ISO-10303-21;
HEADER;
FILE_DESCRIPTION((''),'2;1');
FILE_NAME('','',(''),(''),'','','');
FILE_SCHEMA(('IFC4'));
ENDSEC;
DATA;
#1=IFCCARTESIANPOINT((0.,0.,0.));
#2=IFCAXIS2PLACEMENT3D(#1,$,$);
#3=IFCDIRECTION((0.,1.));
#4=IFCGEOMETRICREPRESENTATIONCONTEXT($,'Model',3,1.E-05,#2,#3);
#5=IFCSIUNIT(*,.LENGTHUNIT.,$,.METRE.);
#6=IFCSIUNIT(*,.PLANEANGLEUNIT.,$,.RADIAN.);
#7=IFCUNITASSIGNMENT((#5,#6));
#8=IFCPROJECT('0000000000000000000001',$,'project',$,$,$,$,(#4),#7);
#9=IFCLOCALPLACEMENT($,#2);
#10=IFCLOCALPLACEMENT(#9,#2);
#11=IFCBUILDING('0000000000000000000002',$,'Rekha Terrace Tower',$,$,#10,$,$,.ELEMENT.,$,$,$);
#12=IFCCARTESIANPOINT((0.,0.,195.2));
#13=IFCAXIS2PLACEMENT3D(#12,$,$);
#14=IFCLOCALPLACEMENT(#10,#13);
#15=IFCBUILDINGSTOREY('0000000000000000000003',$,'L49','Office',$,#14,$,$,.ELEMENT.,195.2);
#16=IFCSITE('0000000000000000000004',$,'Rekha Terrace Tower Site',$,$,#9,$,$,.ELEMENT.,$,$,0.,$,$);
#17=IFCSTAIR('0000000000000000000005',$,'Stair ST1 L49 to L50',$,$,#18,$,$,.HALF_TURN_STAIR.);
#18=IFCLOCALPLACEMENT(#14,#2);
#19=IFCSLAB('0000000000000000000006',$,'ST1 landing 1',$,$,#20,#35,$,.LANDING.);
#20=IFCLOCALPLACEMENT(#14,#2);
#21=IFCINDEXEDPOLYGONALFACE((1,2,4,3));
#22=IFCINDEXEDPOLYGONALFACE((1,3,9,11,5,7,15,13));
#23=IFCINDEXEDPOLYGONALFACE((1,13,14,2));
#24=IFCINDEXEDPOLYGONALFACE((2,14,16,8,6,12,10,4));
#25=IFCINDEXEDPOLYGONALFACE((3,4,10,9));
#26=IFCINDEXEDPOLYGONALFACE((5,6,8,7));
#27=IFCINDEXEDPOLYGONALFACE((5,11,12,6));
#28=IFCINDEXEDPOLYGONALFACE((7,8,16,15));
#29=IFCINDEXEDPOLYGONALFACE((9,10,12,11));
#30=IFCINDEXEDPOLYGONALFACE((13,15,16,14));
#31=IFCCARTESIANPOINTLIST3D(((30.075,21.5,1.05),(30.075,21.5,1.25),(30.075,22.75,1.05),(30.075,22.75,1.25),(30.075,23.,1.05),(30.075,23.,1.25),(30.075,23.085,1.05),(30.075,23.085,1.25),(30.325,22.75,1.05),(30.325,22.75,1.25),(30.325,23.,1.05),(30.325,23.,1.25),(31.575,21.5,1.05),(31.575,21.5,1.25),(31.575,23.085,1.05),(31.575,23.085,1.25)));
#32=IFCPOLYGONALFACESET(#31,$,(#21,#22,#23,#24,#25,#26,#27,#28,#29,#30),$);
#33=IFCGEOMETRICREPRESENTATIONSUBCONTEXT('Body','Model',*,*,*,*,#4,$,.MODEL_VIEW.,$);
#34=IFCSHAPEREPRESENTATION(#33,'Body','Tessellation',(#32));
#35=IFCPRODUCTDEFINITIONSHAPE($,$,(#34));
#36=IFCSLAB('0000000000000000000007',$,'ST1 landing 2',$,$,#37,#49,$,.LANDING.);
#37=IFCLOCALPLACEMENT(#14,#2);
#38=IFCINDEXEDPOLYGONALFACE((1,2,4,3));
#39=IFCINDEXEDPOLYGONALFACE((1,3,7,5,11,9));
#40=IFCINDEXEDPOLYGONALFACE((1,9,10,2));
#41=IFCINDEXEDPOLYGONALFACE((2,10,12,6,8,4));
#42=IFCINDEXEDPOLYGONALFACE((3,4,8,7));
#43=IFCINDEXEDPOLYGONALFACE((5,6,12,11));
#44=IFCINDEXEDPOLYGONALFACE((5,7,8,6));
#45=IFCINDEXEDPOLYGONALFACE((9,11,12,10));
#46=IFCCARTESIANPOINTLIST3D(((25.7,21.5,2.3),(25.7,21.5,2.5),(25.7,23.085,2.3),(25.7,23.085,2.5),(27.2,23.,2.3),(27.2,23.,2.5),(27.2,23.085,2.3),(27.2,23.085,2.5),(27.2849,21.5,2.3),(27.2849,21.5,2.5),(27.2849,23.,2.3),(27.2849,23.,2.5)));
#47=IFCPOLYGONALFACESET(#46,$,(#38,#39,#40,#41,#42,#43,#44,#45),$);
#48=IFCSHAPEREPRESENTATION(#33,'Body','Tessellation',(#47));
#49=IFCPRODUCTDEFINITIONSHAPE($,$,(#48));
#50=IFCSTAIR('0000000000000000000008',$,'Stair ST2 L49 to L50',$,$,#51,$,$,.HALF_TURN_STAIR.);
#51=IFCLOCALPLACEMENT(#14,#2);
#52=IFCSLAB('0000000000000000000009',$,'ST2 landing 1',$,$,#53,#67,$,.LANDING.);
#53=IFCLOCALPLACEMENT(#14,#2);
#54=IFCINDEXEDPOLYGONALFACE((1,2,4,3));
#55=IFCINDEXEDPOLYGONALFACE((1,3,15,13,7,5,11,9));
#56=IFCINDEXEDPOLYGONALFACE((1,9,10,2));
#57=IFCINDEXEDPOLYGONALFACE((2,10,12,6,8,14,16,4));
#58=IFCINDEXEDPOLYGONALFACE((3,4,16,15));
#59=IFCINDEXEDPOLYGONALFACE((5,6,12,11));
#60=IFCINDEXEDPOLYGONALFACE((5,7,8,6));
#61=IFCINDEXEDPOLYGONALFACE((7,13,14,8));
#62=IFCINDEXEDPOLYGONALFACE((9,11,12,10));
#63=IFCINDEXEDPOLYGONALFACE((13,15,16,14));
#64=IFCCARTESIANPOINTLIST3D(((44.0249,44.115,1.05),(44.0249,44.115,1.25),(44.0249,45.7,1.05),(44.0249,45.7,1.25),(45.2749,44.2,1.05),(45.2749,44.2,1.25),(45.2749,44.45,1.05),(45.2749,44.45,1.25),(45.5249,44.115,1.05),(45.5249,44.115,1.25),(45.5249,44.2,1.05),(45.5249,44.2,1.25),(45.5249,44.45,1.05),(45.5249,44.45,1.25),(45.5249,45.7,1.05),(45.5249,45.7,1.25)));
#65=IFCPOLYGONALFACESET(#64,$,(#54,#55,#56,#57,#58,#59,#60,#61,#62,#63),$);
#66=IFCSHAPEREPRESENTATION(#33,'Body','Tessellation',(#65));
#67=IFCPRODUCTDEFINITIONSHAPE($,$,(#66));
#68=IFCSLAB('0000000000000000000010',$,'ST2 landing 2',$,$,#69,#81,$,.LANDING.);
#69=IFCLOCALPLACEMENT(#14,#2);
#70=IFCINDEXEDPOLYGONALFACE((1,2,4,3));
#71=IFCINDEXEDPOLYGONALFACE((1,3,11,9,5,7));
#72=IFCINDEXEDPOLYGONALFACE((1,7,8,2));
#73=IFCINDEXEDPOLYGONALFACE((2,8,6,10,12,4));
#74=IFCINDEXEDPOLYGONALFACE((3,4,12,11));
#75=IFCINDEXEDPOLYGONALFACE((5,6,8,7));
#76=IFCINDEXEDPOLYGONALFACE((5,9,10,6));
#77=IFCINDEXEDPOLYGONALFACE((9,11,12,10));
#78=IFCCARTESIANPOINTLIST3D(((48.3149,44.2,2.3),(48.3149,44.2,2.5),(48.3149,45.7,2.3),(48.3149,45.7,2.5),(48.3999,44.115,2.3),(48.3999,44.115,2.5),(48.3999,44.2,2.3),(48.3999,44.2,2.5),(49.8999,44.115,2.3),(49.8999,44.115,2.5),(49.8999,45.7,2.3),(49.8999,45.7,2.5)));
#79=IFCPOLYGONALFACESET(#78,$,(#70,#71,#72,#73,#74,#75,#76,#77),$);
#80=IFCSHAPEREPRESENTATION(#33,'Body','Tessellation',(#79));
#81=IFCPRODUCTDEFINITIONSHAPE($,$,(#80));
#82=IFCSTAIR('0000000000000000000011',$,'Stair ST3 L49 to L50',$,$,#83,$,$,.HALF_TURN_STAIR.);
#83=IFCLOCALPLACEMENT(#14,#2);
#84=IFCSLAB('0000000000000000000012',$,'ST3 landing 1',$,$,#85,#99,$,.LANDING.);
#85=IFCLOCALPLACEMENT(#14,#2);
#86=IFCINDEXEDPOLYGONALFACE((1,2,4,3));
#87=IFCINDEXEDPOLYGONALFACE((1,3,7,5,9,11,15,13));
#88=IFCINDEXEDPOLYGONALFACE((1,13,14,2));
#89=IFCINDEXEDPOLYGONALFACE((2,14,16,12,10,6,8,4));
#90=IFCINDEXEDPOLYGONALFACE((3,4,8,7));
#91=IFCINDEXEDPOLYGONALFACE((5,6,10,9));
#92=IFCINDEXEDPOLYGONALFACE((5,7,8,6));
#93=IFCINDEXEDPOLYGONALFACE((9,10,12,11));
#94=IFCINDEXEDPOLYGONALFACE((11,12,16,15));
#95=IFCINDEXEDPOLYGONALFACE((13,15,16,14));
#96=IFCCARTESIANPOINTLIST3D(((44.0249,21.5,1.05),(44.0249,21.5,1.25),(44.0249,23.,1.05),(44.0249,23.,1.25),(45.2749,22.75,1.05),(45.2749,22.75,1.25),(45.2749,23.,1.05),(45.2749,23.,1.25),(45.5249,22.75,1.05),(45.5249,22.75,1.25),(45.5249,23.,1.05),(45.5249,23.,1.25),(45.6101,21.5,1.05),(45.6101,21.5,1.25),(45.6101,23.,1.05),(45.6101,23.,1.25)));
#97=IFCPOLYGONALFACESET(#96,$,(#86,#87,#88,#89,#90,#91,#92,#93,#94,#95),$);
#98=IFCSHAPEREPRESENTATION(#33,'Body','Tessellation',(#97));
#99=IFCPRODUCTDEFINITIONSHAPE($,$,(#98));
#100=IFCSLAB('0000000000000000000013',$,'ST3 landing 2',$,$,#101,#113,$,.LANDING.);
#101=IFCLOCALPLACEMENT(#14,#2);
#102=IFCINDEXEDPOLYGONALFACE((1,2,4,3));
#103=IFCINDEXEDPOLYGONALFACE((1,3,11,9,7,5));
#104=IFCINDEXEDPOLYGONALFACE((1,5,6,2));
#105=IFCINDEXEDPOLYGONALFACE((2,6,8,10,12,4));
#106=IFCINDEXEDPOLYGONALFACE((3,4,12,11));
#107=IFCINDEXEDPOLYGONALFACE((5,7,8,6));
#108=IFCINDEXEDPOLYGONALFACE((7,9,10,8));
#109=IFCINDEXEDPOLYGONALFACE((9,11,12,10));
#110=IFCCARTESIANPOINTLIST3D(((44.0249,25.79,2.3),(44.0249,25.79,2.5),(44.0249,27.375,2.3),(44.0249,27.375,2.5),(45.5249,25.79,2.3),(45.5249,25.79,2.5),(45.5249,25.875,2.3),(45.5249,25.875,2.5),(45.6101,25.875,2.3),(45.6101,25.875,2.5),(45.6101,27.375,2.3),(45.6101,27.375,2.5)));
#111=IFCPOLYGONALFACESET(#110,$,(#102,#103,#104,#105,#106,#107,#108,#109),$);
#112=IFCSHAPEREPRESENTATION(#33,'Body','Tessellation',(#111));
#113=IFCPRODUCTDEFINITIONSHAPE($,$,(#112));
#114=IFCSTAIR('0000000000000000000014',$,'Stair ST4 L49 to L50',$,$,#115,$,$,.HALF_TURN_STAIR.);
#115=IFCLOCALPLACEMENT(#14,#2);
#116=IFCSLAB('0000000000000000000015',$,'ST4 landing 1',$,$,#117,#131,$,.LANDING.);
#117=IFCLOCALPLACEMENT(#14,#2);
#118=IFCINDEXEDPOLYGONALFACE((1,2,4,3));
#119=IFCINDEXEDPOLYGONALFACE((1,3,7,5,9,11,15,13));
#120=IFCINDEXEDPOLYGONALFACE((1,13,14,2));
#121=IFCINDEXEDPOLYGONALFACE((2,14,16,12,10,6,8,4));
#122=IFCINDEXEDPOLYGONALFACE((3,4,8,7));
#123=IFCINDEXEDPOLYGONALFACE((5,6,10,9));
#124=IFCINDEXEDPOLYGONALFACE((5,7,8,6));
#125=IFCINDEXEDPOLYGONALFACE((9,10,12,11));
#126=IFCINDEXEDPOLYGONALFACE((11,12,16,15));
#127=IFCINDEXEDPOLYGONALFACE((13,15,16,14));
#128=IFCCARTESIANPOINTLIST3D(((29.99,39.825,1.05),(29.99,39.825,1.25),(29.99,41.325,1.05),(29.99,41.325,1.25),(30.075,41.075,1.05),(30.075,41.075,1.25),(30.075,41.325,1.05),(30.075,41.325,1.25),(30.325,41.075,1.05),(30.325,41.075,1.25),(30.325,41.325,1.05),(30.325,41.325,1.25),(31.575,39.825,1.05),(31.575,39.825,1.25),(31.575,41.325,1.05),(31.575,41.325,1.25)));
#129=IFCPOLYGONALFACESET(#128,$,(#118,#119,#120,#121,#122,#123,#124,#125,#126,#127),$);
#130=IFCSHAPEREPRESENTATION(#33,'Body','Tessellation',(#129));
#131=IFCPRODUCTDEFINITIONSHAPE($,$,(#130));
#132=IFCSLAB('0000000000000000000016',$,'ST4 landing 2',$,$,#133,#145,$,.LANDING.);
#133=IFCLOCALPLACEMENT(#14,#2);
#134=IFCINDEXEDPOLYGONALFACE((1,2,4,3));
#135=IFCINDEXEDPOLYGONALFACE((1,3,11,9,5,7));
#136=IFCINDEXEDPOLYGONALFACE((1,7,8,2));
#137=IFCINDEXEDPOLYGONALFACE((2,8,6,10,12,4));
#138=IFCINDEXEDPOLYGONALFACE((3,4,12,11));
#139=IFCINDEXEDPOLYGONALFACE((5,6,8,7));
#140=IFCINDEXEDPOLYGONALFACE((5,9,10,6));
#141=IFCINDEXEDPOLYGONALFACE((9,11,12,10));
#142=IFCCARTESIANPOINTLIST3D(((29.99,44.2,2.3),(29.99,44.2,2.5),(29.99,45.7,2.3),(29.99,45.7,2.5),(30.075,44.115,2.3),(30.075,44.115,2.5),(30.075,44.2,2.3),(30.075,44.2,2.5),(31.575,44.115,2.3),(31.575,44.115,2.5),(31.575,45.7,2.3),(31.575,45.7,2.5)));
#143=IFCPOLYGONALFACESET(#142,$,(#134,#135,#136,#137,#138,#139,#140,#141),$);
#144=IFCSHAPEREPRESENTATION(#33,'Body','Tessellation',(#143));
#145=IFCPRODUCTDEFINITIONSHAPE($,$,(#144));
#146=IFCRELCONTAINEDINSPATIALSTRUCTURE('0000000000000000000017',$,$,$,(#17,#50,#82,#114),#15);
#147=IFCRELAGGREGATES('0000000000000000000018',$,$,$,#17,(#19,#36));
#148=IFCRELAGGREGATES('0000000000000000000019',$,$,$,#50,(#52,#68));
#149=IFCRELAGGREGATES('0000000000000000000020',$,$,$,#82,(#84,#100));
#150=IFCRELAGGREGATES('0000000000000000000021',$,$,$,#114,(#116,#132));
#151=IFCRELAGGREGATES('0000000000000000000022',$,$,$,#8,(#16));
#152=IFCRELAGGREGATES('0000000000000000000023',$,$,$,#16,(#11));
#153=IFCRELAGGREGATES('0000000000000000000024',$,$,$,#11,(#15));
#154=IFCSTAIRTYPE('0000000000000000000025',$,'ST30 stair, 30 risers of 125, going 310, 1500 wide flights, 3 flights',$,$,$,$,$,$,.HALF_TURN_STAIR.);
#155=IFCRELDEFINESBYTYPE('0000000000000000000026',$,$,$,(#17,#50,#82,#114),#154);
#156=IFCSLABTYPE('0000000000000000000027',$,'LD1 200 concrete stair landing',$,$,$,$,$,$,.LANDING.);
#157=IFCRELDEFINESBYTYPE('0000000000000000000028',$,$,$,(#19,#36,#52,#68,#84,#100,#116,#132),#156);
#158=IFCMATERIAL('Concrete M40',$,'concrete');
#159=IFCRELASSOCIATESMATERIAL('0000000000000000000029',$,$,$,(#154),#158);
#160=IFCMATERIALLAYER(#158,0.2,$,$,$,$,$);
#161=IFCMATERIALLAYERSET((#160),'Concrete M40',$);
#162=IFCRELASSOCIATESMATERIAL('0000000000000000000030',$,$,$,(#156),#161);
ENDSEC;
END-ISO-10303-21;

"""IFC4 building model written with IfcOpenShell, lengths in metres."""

from ifc_helpers import new_model, si_unit, direction, frame, origin, place, context, subcontext, project, spatial, polyline, outline, extrude, material, layer, layer_set, type_object, element, aggregate, save


model = new_model("IFC4")

# Units and contexts
model_context = context("Model", 3, precision=1e-05, world=origin(), true_north=direction((0.0, 1.0)))
body_context = subcontext(model_context, "Body", "Model", "MODEL_VIEW")
ifc_project = project(units=[si_unit("LENGTHUNIT", "METRE"), si_unit("PLANEANGLEUNIT", "RADIAN")], contexts=[model_context])

# Site, building, storey
site_placement = place(None, origin())
site = spatial("IfcSite", under=ifc_project, at=site_placement, Name="Rekha Terrace Tower Site", CompositionType="ELEMENT", RefElevation=0.0)
building_placement = place(site_placement, origin())
building = spatial("IfcBuilding", under=site, at=building_placement, Name="Rekha Terrace Tower", CompositionType="ELEMENT")
storey_placement = place(building_placement, frame((0.0, 0.0, 195.2)))
storey = spatial("IfcBuildingStorey", under=building, at=storey_placement, Name="L49", Description="Office", CompositionType="ELEMENT", Elevation=195.2)

# Stairs, slabs
ifc_material_1 = material(Name="Concrete M40", Category="concrete")
stair_type = type_object("IfcStairType", Name="ST30 stair, 30 risers of 125, going 310, 1500 wide flights, 3 flights", PredefinedType="HALF_TURN_STAIR", material=ifc_material_1)
stair_1_placement = place(storey_placement, origin())
stair_1 = element("IfcStair", 1, at=stair_1_placement, inside=storey, type_object=stair_type, Name="Stair ST1 L49 to L50", PredefinedType="HALF_TURN_STAIR")
ifc_layer_1 = layer(ifc_material_1, 0.2)
ifc_layer_set_1 = layer_set([ifc_layer_1], Name="Concrete M40")
slab_type_1 = type_object("IfcSlabType", Name="LD1 200 concrete stair landing", PredefinedType="LANDING", material=ifc_layer_set_1)
slab_1_placement = place(storey_placement, frame((0.0, 0.0, 1.05)))
slab_1 = element("IfcSlab", 2, at=slab_1_placement, type_object=slab_type_1, Name="ST1 landing 1", PredefinedType="LANDING", context=body_context, shape_type="SweptSolid", body=[
    extrude(outline(polyline([(30.075, 21.5), (31.575, 21.5), (31.575, 23.085), (30.075, 23.085), (30.075, 23.0), (30.325, 23.0), (30.325, 22.75), (30.075, 22.75), (30.075, 21.5)])), origin(), (0.0, 0.0, 1.0), 0.2),
])
slab_2_placement = place(storey_placement, frame((0.0, 0.0, 2.3)))
slab_2 = element("IfcSlab", 3, at=slab_2_placement, type_object=slab_type_1, Name="ST1 landing 2", PredefinedType="LANDING", context=body_context, shape_type="SweptSolid", body=[
    extrude(outline(polyline([(27.2, 23.085), (25.7, 23.085), (25.7, 21.5), (27.2849, 21.5), (27.2849, 23.0), (27.2, 23.0), (27.2, 23.085)])), origin(), (0.0, 0.0, 1.0), 0.2),
])
aggregate(stair_1, [slab_1, slab_2])
stair_2_placement = place(storey_placement, origin())
stair_2 = element("IfcStair", 4, at=stair_2_placement, inside=storey, type_object=stair_type, Name="Stair ST2 L49 to L50", PredefinedType="HALF_TURN_STAIR")
slab_3_placement = place(storey_placement, frame((0.0, 0.0, 1.05)))
slab_3 = element("IfcSlab", 5, at=slab_3_placement, type_object=slab_type_1, Name="ST2 landing 1", PredefinedType="LANDING", context=body_context, shape_type="SweptSolid", body=[
    extrude(outline(polyline([(45.5249, 45.7), (44.0249, 45.7), (44.0249, 44.115), (45.5249, 44.115), (45.5249, 44.2), (45.2749, 44.2), (45.2749, 44.45), (45.5249, 44.45), (45.5249, 45.7)])), origin(), (0.0, 0.0, 1.0), 0.2),
])
slab_4_placement = place(storey_placement, frame((0.0, 0.0, 2.3)))
slab_4 = element("IfcSlab", 6, at=slab_4_placement, type_object=slab_type_1, Name="ST2 landing 2", PredefinedType="LANDING", context=body_context, shape_type="SweptSolid", body=[
    extrude(outline(polyline([(48.3999, 44.115), (49.8999, 44.115), (49.8999, 45.7), (48.3149, 45.7), (48.3149, 44.2), (48.3999, 44.2), (48.3999, 44.115)])), origin(), (0.0, 0.0, 1.0), 0.2),
])
aggregate(stair_2, [slab_3, slab_4])
stair_3_placement = place(storey_placement, origin())
stair_3 = element("IfcStair", 7, at=stair_3_placement, inside=storey, type_object=stair_type, Name="Stair ST3 L49 to L50", PredefinedType="HALF_TURN_STAIR")
slab_5_placement = place(storey_placement, frame((0.0, 0.0, 1.05)))
slab_5 = element("IfcSlab", 8, at=slab_5_placement, type_object=slab_type_1, Name="ST3 landing 1", PredefinedType="LANDING", context=body_context, shape_type="SweptSolid", body=[
    extrude(outline(polyline([(44.0249, 23.0), (44.0249, 21.5), (45.6101, 21.5), (45.6101, 23.0), (45.5249, 23.0), (45.5249, 22.75), (45.2749, 22.75), (45.2749, 23.0), (44.0249, 23.0)])), origin(), (0.0, 0.0, 1.0), 0.2),
])
slab_6_placement = place(storey_placement, frame((0.0, 0.0, 2.3)))
slab_6 = element("IfcSlab", 9, at=slab_6_placement, type_object=slab_type_1, Name="ST3 landing 2", PredefinedType="LANDING", context=body_context, shape_type="SweptSolid", body=[
    extrude(outline(polyline([(45.6101, 25.875), (45.6101, 27.375), (44.0249, 27.375), (44.0249, 25.79), (45.5249, 25.79), (45.5249, 25.875), (45.6101, 25.875)])), origin(), (0.0, 0.0, 1.0), 0.2),
])
aggregate(stair_3, [slab_5, slab_6])
stair_4_placement = place(storey_placement, origin())
stair_4 = element("IfcStair", 10, at=stair_4_placement, inside=storey, type_object=stair_type, Name="Stair ST4 L49 to L50", PredefinedType="HALF_TURN_STAIR")
slab_7_placement = place(storey_placement, frame((0.0, 0.0, 1.05)))
slab_7 = element("IfcSlab", 11, at=slab_7_placement, type_object=slab_type_1, Name="ST4 landing 1", PredefinedType="LANDING", context=body_context, shape_type="SweptSolid", body=[
    extrude(outline(polyline([(31.575, 41.325), (31.575, 39.825), (29.99, 39.825), (29.99, 41.325), (30.075, 41.325), (30.075, 41.075), (30.325, 41.075), (30.325, 41.325), (31.575, 41.325)])), origin(), (0.0, 0.0, 1.0), 0.2),
])
slab_8_placement = place(storey_placement, frame((0.0, 0.0, 2.3)))
slab_8 = element("IfcSlab", 12, at=slab_8_placement, type_object=slab_type_1, Name="ST4 landing 2", PredefinedType="LANDING", context=body_context, shape_type="SweptSolid", body=[
    extrude(outline(polyline([(29.99, 44.2), (29.99, 45.7), (31.575, 45.7), (31.575, 44.115), (30.075, 44.115), (30.075, 44.2), (29.99, 44.2)])), origin(), (0.0, 0.0, 1.0), 0.2),
])
aggregate(stair_4, [slab_7, slab_8])

save(model, "model.ifc")
